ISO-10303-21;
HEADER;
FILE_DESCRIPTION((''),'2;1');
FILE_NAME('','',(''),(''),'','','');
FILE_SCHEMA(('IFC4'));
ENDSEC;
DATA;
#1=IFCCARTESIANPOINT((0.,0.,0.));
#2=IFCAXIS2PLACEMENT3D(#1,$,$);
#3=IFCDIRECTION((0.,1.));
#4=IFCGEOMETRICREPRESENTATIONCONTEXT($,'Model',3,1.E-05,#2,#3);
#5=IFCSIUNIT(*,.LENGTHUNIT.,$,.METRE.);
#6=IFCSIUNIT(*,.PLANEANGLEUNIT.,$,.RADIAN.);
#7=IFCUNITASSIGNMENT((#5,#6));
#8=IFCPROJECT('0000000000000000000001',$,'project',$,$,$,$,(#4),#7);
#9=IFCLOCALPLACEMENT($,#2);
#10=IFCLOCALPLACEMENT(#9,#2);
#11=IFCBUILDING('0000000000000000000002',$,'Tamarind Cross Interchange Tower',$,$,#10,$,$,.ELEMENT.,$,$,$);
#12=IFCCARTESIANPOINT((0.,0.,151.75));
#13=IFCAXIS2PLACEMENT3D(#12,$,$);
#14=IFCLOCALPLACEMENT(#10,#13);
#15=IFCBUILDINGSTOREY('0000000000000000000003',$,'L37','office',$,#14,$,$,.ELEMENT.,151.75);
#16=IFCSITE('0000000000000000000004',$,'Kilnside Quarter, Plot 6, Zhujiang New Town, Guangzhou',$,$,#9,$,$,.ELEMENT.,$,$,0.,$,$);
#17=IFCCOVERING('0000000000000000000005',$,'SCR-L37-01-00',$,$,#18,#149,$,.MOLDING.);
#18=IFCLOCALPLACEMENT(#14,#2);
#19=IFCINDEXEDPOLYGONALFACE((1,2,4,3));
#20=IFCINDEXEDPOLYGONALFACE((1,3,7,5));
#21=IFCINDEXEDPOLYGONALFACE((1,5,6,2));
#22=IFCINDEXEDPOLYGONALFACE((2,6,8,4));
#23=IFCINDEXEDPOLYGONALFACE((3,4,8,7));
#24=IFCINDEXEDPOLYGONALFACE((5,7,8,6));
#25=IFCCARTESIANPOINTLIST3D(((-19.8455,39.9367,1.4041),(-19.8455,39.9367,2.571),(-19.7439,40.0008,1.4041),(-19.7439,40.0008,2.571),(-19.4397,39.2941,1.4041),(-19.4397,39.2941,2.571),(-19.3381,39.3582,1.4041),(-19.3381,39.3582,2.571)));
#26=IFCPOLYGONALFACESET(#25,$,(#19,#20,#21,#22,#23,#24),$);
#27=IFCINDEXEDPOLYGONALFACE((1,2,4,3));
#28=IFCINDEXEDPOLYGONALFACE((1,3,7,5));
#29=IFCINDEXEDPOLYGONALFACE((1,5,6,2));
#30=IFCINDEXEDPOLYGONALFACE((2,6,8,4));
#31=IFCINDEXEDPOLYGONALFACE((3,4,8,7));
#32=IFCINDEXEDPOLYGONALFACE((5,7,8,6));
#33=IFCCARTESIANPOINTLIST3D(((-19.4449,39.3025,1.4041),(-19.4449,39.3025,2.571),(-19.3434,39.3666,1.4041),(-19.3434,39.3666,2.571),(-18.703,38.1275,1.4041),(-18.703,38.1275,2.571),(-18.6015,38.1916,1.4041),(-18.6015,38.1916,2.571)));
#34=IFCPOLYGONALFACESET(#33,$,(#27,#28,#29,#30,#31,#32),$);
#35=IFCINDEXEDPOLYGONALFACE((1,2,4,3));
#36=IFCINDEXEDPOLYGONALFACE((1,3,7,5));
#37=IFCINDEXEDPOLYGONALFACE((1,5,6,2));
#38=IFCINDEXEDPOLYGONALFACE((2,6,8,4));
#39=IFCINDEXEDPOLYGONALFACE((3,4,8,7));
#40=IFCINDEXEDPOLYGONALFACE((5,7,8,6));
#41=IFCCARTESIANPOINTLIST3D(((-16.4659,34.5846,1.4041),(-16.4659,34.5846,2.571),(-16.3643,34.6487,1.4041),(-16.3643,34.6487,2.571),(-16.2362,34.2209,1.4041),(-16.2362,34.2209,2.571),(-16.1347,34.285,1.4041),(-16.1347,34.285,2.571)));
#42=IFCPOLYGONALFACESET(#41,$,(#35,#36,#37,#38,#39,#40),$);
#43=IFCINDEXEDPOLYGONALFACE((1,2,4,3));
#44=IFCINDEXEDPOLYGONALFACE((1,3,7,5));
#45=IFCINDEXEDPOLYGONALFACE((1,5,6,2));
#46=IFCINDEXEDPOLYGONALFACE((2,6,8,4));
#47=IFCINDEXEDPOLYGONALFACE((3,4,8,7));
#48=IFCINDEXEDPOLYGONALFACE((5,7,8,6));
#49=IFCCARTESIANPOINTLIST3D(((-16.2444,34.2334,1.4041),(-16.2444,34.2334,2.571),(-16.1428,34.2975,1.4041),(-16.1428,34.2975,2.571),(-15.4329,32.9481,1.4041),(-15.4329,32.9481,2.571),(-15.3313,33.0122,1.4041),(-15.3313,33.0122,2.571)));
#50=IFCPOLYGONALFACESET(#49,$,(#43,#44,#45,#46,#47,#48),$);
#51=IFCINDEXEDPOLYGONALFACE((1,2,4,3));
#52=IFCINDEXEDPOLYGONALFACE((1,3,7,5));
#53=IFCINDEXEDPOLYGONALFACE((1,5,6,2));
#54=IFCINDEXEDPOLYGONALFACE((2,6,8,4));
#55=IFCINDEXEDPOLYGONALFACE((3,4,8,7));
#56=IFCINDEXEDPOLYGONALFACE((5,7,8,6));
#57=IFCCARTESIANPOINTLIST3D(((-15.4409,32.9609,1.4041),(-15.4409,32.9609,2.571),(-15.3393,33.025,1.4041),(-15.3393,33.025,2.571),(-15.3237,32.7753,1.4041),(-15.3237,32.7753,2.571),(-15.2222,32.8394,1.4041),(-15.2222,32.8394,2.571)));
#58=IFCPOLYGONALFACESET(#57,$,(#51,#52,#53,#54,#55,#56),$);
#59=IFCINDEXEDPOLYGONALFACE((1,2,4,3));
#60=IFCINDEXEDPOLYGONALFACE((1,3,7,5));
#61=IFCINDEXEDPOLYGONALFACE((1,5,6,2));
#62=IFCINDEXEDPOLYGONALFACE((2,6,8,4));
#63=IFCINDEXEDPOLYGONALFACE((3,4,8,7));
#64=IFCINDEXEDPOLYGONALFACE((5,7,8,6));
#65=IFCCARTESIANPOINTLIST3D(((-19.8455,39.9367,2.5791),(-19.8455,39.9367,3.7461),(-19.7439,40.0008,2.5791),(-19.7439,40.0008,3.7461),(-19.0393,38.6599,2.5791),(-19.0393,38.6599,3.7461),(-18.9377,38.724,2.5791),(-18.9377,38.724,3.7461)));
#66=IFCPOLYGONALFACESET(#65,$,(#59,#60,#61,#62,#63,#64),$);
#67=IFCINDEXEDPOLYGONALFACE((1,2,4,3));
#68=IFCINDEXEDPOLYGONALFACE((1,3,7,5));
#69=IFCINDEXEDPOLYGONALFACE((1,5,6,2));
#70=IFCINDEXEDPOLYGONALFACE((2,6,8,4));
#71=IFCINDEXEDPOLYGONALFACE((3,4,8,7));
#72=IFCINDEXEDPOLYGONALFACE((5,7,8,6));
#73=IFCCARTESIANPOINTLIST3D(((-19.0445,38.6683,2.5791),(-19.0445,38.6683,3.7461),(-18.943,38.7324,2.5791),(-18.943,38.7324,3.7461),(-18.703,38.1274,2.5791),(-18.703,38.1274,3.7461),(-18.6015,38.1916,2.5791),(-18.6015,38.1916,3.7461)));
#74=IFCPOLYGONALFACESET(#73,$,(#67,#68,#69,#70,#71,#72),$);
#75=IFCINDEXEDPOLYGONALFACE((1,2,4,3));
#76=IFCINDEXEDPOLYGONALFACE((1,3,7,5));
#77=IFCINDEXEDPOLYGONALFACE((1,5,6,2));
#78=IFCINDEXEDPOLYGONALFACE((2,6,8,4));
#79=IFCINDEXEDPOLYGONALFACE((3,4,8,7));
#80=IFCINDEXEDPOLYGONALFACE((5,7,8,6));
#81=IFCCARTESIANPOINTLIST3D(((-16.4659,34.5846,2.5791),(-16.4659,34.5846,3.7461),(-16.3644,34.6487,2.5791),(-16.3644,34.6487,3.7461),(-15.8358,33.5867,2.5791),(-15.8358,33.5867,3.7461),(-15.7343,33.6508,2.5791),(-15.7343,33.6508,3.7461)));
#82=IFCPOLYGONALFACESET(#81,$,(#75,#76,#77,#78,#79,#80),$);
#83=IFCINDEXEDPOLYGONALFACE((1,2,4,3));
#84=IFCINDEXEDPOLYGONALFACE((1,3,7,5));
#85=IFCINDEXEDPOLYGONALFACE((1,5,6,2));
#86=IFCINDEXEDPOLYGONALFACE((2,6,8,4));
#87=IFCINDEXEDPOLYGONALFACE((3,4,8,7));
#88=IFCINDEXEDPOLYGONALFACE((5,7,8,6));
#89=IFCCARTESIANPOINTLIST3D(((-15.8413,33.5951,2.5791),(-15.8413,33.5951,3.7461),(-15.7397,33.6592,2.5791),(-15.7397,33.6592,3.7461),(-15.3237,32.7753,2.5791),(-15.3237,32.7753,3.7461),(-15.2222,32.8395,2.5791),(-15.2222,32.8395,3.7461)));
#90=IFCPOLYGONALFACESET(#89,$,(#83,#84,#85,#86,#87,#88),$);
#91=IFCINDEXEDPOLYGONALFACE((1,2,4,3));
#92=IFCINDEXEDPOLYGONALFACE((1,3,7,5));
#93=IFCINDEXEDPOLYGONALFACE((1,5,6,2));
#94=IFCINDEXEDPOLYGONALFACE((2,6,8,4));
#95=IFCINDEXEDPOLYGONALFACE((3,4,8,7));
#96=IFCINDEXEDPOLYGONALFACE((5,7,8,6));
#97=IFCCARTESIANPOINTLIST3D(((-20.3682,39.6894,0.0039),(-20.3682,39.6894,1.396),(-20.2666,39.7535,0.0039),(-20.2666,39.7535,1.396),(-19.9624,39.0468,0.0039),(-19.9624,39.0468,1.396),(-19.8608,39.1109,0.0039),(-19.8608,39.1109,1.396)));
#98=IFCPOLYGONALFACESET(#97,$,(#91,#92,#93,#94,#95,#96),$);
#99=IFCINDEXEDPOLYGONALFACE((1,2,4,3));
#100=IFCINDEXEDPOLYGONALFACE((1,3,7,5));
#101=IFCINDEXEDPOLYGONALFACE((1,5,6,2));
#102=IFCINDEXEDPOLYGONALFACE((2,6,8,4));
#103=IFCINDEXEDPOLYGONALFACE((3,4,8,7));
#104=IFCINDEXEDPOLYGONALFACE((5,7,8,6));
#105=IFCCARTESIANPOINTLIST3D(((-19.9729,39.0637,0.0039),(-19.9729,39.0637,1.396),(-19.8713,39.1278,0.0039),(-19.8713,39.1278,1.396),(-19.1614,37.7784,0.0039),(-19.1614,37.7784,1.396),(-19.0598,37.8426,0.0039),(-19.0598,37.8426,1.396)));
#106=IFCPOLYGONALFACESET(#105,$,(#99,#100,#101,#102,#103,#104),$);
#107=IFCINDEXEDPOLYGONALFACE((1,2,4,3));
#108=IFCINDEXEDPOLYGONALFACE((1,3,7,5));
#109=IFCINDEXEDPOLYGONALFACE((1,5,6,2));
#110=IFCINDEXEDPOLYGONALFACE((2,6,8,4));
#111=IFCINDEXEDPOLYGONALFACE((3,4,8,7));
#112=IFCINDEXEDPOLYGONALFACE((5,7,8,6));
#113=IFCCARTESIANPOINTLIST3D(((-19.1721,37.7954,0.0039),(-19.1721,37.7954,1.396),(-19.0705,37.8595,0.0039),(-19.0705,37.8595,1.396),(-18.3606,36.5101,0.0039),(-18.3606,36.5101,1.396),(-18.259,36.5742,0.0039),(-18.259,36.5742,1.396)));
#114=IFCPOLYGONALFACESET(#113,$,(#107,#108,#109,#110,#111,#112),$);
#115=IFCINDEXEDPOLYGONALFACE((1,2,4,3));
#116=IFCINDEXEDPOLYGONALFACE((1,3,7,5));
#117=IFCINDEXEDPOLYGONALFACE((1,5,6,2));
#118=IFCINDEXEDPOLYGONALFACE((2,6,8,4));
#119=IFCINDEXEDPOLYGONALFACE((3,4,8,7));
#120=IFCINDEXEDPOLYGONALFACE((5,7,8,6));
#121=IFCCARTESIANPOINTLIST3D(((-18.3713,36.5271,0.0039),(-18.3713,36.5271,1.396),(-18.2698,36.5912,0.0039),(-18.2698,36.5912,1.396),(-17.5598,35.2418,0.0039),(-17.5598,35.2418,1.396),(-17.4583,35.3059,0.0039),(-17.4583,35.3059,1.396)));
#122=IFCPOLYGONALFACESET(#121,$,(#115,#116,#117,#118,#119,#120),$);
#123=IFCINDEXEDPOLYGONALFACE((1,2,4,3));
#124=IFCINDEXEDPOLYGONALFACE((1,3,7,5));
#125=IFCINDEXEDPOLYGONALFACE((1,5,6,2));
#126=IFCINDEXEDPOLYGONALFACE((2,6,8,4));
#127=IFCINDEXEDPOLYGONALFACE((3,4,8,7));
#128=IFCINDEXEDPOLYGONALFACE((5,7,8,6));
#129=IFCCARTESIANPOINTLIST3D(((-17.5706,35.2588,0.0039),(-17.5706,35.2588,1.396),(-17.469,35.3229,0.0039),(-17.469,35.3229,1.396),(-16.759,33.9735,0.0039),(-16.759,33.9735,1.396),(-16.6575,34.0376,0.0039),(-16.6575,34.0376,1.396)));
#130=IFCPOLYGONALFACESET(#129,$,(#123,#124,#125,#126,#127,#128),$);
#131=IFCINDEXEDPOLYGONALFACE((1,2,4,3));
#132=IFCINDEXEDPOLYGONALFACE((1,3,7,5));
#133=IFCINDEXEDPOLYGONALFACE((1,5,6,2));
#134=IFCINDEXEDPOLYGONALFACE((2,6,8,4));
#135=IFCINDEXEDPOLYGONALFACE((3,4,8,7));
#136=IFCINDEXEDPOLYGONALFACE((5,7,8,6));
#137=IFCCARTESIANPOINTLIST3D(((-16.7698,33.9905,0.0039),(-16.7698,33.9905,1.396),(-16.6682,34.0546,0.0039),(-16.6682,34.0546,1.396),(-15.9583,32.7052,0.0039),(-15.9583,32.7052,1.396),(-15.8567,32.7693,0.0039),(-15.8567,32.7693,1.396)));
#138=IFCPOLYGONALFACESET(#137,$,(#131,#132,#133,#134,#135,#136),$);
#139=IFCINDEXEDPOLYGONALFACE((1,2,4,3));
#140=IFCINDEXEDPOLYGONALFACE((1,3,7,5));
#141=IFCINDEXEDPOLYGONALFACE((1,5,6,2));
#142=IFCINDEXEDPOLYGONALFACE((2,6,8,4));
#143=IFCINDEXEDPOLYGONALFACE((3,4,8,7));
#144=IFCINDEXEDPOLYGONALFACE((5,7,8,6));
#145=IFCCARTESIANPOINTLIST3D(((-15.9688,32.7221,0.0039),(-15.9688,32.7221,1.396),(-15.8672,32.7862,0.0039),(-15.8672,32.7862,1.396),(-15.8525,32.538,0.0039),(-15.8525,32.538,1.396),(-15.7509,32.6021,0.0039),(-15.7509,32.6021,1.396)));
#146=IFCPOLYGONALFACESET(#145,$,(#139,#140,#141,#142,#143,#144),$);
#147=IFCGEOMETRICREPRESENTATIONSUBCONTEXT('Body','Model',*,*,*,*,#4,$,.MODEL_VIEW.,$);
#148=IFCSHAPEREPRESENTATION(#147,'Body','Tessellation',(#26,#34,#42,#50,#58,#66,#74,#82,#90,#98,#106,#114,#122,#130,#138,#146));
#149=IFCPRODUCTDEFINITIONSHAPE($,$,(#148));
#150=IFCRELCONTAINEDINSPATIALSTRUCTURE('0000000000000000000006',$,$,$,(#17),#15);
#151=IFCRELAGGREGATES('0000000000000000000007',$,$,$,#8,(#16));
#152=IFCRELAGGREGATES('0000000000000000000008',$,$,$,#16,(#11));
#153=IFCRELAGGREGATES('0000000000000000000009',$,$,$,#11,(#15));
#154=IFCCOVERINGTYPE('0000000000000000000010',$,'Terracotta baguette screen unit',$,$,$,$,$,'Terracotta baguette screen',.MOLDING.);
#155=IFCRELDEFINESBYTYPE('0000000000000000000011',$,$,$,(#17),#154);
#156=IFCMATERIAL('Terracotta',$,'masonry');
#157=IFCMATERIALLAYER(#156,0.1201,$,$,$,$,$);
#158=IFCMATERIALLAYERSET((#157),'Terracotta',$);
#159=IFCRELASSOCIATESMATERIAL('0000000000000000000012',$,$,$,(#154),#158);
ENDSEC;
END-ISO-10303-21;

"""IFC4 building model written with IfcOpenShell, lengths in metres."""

from ifc_helpers import new_model, si_unit, direction, frame, origin, origin_2d, place, context, subcontext, project, spatial, rectangle, extrude, material, layer, layer_set, type_object, element, save


model = new_model("IFC4")

# Units and contexts
model_context = context("Model", 3, precision=1e-05, world=origin(), true_north=direction((0.0, 1.0)))
body_context = subcontext(model_context, "Body", "Model", "MODEL_VIEW")
ifc_project = project(units=[si_unit("LENGTHUNIT", "METRE"), si_unit("PLANEANGLEUNIT", "RADIAN")], contexts=[model_context])

# Site, building, storey
site_placement = place(None, origin())
site = spatial("IfcSite", under=ifc_project, at=site_placement, Name="Kilnside Quarter, Plot 6, Zhujiang New Town, Guangzhou", CompositionType="ELEMENT", RefElevation=0.0)
building_placement = place(site_placement, origin())
building = spatial("IfcBuilding", under=site, at=building_placement, Name="Tamarind Cross Interchange Tower", CompositionType="ELEMENT")
storey_placement = place(building_placement, frame((0.0, 0.0, 151.75)))
storey = spatial("IfcBuildingStorey", under=building, at=storey_placement, Name="L37", Description="office", CompositionType="ELEMENT", Elevation=151.75)

# Covering
ifc_material_1 = material(Name="Terracotta", Category="masonry")
ifc_layer_1 = layer(ifc_material_1, 0.1201)
ifc_layer_set_1 = layer_set([ifc_layer_1], Name="Terracotta")
covering_type = type_object("IfcCoveringType", Name="Terracotta baguette screen unit", ElementType="Terracotta baguette screen", PredefinedType="MOLDING", material=ifc_layer_set_1)
covering_1_placement = place(storey_placement, origin())
element("IfcCovering", 1, at=covering_1_placement, inside=storey, type_object=covering_type, Name="SCR-L37-01-00", PredefinedType="MOLDING", context=body_context, shape_type="SweptSolid", body=[
    extrude(rectangle(XDim=0.76, YDim=0.1201, at=origin_2d()), frame((-19.5918, 39.6475, 1.4041), z_axis=(0.0, 0.0, 1.0), x_axis=(0.533881, -0.84556, 0.0)), (0.0, 0.0, 1.0), 1.167),
    extrude(rectangle(XDim=1.3896, YDim=0.1201, at=origin_2d()), frame((-19.0232, 38.7471, 1.4041), z_axis=(0.0, 0.0, 1.0), x_axis=(0.533881, -0.84556, 0.0)), (0.0, 0.0, 1.0), 1.167),
    extrude(rectangle(XDim=0.4302, YDim=0.1201, at=origin_2d()), frame((-16.3003, 34.4348, 1.4041), z_axis=(0.0, 0.0, 1.0), x_axis=(0.533881, -0.84556, 0.0)), (0.0, 0.0, 1.0), 1.167),
    extrude(rectangle(XDim=1.52, YDim=0.1201, at=origin_2d()), frame((-15.7878, 33.6228, 1.4041), z_axis=(0.0, 0.0, 1.0), x_axis=(0.533881, -0.84556, 0.0)), (0.0, 0.0, 1.0), 1.167),
    extrude(rectangle(XDim=0.2195, YDim=0.1201, at=origin_2d()), frame((-15.3315, 32.9001, 1.4041), z_axis=(0.0, 0.0, 1.0), x_axis=(0.533881, -0.84556, 0.0)), (0.0, 0.0, 1.0), 1.167),
    extrude(rectangle(XDim=1.51, YDim=0.1201, at=origin_2d()), frame((-19.3916, 39.3303, 2.5791), z_axis=(0.0, 0.0, 1.0), x_axis=(0.533881, -0.84556, 0.0)), (0.0, 0.0, 1.0), 1.167),
    extrude(rectangle(XDim=0.6396, YDim=0.1201, at=origin_2d()), frame((-18.823, 38.4299, 2.5791), z_axis=(0.0, 0.0, 1.0), x_axis=(0.533881, -0.84556, 0.0)), (0.0, 0.0, 1.0), 1.167),
    extrude(rectangle(XDim=1.1802, YDim=0.1201, at=origin_2d()), frame((-16.1001, 34.1177, 2.5791), z_axis=(0.0, 0.0, 1.0), x_axis=(0.533881, -0.84556, 0.0)), (0.0, 0.0, 1.0), 1.167),
    extrude(rectangle(XDim=0.9695, YDim=0.1201, at=origin_2d()), frame((-15.5317, 33.2173, 2.5791), z_axis=(0.0, 0.0, 1.0), x_axis=(0.533881, -0.84556, 0.0)), (0.0, 0.0, 1.0), 1.167),
    extrude(rectangle(XDim=0.76, YDim=0.1201, at=origin_2d()), frame((-20.1145, 39.4001, 0.0039), z_axis=(0.0, 0.0, 1.0), x_axis=(0.533881, -0.84556, 0.0)), (0.0, 0.0, 1.0), 1.3921),
    extrude(rectangle(XDim=1.52, YDim=0.1201, at=origin_2d()), frame((-19.5164, 38.4531, 0.0039), z_axis=(0.0, 0.0, 1.0), x_axis=(0.533881, -0.84556, 0.0)), (0.0, 0.0, 1.0), 1.3921),
    extrude(rectangle(XDim=1.52, YDim=0.1201, at=origin_2d()), frame((-18.7156, 37.1848, 0.0039), z_axis=(0.0, 0.0, 1.0), x_axis=(0.533881, -0.84556, 0.0)), (0.0, 0.0, 1.0), 1.3921),
    extrude(rectangle(XDim=1.52, YDim=0.1201, at=origin_2d()), frame((-17.9148, 35.9165, 0.0039), z_axis=(0.0, 0.0, 1.0), x_axis=(0.533881, -0.84556, 0.0)), (0.0, 0.0, 1.0), 1.3921),
    extrude(rectangle(XDim=1.52, YDim=0.1201, at=origin_2d()), frame((-17.114, 34.6482, 0.0039), z_axis=(0.0, 0.0, 1.0), x_axis=(0.533881, -0.84556, 0.0)), (0.0, 0.0, 1.0), 1.3921),
    extrude(rectangle(XDim=1.52, YDim=0.1201, at=origin_2d()), frame((-16.3132, 33.3799, 0.0039), z_axis=(0.0, 0.0, 1.0), x_axis=(0.533881, -0.84556, 0.0)), (0.0, 0.0, 1.0), 1.3921),
    extrude(rectangle(XDim=0.2178, YDim=0.1201, at=origin_2d()), frame((-15.8599, 32.6621, 0.0039), z_axis=(0.0, 0.0, 1.0), x_axis=(0.533881, -0.84556, 0.0)), (0.0, 0.0, 1.0), 1.3921),
])

save(model, "model.ifc")
